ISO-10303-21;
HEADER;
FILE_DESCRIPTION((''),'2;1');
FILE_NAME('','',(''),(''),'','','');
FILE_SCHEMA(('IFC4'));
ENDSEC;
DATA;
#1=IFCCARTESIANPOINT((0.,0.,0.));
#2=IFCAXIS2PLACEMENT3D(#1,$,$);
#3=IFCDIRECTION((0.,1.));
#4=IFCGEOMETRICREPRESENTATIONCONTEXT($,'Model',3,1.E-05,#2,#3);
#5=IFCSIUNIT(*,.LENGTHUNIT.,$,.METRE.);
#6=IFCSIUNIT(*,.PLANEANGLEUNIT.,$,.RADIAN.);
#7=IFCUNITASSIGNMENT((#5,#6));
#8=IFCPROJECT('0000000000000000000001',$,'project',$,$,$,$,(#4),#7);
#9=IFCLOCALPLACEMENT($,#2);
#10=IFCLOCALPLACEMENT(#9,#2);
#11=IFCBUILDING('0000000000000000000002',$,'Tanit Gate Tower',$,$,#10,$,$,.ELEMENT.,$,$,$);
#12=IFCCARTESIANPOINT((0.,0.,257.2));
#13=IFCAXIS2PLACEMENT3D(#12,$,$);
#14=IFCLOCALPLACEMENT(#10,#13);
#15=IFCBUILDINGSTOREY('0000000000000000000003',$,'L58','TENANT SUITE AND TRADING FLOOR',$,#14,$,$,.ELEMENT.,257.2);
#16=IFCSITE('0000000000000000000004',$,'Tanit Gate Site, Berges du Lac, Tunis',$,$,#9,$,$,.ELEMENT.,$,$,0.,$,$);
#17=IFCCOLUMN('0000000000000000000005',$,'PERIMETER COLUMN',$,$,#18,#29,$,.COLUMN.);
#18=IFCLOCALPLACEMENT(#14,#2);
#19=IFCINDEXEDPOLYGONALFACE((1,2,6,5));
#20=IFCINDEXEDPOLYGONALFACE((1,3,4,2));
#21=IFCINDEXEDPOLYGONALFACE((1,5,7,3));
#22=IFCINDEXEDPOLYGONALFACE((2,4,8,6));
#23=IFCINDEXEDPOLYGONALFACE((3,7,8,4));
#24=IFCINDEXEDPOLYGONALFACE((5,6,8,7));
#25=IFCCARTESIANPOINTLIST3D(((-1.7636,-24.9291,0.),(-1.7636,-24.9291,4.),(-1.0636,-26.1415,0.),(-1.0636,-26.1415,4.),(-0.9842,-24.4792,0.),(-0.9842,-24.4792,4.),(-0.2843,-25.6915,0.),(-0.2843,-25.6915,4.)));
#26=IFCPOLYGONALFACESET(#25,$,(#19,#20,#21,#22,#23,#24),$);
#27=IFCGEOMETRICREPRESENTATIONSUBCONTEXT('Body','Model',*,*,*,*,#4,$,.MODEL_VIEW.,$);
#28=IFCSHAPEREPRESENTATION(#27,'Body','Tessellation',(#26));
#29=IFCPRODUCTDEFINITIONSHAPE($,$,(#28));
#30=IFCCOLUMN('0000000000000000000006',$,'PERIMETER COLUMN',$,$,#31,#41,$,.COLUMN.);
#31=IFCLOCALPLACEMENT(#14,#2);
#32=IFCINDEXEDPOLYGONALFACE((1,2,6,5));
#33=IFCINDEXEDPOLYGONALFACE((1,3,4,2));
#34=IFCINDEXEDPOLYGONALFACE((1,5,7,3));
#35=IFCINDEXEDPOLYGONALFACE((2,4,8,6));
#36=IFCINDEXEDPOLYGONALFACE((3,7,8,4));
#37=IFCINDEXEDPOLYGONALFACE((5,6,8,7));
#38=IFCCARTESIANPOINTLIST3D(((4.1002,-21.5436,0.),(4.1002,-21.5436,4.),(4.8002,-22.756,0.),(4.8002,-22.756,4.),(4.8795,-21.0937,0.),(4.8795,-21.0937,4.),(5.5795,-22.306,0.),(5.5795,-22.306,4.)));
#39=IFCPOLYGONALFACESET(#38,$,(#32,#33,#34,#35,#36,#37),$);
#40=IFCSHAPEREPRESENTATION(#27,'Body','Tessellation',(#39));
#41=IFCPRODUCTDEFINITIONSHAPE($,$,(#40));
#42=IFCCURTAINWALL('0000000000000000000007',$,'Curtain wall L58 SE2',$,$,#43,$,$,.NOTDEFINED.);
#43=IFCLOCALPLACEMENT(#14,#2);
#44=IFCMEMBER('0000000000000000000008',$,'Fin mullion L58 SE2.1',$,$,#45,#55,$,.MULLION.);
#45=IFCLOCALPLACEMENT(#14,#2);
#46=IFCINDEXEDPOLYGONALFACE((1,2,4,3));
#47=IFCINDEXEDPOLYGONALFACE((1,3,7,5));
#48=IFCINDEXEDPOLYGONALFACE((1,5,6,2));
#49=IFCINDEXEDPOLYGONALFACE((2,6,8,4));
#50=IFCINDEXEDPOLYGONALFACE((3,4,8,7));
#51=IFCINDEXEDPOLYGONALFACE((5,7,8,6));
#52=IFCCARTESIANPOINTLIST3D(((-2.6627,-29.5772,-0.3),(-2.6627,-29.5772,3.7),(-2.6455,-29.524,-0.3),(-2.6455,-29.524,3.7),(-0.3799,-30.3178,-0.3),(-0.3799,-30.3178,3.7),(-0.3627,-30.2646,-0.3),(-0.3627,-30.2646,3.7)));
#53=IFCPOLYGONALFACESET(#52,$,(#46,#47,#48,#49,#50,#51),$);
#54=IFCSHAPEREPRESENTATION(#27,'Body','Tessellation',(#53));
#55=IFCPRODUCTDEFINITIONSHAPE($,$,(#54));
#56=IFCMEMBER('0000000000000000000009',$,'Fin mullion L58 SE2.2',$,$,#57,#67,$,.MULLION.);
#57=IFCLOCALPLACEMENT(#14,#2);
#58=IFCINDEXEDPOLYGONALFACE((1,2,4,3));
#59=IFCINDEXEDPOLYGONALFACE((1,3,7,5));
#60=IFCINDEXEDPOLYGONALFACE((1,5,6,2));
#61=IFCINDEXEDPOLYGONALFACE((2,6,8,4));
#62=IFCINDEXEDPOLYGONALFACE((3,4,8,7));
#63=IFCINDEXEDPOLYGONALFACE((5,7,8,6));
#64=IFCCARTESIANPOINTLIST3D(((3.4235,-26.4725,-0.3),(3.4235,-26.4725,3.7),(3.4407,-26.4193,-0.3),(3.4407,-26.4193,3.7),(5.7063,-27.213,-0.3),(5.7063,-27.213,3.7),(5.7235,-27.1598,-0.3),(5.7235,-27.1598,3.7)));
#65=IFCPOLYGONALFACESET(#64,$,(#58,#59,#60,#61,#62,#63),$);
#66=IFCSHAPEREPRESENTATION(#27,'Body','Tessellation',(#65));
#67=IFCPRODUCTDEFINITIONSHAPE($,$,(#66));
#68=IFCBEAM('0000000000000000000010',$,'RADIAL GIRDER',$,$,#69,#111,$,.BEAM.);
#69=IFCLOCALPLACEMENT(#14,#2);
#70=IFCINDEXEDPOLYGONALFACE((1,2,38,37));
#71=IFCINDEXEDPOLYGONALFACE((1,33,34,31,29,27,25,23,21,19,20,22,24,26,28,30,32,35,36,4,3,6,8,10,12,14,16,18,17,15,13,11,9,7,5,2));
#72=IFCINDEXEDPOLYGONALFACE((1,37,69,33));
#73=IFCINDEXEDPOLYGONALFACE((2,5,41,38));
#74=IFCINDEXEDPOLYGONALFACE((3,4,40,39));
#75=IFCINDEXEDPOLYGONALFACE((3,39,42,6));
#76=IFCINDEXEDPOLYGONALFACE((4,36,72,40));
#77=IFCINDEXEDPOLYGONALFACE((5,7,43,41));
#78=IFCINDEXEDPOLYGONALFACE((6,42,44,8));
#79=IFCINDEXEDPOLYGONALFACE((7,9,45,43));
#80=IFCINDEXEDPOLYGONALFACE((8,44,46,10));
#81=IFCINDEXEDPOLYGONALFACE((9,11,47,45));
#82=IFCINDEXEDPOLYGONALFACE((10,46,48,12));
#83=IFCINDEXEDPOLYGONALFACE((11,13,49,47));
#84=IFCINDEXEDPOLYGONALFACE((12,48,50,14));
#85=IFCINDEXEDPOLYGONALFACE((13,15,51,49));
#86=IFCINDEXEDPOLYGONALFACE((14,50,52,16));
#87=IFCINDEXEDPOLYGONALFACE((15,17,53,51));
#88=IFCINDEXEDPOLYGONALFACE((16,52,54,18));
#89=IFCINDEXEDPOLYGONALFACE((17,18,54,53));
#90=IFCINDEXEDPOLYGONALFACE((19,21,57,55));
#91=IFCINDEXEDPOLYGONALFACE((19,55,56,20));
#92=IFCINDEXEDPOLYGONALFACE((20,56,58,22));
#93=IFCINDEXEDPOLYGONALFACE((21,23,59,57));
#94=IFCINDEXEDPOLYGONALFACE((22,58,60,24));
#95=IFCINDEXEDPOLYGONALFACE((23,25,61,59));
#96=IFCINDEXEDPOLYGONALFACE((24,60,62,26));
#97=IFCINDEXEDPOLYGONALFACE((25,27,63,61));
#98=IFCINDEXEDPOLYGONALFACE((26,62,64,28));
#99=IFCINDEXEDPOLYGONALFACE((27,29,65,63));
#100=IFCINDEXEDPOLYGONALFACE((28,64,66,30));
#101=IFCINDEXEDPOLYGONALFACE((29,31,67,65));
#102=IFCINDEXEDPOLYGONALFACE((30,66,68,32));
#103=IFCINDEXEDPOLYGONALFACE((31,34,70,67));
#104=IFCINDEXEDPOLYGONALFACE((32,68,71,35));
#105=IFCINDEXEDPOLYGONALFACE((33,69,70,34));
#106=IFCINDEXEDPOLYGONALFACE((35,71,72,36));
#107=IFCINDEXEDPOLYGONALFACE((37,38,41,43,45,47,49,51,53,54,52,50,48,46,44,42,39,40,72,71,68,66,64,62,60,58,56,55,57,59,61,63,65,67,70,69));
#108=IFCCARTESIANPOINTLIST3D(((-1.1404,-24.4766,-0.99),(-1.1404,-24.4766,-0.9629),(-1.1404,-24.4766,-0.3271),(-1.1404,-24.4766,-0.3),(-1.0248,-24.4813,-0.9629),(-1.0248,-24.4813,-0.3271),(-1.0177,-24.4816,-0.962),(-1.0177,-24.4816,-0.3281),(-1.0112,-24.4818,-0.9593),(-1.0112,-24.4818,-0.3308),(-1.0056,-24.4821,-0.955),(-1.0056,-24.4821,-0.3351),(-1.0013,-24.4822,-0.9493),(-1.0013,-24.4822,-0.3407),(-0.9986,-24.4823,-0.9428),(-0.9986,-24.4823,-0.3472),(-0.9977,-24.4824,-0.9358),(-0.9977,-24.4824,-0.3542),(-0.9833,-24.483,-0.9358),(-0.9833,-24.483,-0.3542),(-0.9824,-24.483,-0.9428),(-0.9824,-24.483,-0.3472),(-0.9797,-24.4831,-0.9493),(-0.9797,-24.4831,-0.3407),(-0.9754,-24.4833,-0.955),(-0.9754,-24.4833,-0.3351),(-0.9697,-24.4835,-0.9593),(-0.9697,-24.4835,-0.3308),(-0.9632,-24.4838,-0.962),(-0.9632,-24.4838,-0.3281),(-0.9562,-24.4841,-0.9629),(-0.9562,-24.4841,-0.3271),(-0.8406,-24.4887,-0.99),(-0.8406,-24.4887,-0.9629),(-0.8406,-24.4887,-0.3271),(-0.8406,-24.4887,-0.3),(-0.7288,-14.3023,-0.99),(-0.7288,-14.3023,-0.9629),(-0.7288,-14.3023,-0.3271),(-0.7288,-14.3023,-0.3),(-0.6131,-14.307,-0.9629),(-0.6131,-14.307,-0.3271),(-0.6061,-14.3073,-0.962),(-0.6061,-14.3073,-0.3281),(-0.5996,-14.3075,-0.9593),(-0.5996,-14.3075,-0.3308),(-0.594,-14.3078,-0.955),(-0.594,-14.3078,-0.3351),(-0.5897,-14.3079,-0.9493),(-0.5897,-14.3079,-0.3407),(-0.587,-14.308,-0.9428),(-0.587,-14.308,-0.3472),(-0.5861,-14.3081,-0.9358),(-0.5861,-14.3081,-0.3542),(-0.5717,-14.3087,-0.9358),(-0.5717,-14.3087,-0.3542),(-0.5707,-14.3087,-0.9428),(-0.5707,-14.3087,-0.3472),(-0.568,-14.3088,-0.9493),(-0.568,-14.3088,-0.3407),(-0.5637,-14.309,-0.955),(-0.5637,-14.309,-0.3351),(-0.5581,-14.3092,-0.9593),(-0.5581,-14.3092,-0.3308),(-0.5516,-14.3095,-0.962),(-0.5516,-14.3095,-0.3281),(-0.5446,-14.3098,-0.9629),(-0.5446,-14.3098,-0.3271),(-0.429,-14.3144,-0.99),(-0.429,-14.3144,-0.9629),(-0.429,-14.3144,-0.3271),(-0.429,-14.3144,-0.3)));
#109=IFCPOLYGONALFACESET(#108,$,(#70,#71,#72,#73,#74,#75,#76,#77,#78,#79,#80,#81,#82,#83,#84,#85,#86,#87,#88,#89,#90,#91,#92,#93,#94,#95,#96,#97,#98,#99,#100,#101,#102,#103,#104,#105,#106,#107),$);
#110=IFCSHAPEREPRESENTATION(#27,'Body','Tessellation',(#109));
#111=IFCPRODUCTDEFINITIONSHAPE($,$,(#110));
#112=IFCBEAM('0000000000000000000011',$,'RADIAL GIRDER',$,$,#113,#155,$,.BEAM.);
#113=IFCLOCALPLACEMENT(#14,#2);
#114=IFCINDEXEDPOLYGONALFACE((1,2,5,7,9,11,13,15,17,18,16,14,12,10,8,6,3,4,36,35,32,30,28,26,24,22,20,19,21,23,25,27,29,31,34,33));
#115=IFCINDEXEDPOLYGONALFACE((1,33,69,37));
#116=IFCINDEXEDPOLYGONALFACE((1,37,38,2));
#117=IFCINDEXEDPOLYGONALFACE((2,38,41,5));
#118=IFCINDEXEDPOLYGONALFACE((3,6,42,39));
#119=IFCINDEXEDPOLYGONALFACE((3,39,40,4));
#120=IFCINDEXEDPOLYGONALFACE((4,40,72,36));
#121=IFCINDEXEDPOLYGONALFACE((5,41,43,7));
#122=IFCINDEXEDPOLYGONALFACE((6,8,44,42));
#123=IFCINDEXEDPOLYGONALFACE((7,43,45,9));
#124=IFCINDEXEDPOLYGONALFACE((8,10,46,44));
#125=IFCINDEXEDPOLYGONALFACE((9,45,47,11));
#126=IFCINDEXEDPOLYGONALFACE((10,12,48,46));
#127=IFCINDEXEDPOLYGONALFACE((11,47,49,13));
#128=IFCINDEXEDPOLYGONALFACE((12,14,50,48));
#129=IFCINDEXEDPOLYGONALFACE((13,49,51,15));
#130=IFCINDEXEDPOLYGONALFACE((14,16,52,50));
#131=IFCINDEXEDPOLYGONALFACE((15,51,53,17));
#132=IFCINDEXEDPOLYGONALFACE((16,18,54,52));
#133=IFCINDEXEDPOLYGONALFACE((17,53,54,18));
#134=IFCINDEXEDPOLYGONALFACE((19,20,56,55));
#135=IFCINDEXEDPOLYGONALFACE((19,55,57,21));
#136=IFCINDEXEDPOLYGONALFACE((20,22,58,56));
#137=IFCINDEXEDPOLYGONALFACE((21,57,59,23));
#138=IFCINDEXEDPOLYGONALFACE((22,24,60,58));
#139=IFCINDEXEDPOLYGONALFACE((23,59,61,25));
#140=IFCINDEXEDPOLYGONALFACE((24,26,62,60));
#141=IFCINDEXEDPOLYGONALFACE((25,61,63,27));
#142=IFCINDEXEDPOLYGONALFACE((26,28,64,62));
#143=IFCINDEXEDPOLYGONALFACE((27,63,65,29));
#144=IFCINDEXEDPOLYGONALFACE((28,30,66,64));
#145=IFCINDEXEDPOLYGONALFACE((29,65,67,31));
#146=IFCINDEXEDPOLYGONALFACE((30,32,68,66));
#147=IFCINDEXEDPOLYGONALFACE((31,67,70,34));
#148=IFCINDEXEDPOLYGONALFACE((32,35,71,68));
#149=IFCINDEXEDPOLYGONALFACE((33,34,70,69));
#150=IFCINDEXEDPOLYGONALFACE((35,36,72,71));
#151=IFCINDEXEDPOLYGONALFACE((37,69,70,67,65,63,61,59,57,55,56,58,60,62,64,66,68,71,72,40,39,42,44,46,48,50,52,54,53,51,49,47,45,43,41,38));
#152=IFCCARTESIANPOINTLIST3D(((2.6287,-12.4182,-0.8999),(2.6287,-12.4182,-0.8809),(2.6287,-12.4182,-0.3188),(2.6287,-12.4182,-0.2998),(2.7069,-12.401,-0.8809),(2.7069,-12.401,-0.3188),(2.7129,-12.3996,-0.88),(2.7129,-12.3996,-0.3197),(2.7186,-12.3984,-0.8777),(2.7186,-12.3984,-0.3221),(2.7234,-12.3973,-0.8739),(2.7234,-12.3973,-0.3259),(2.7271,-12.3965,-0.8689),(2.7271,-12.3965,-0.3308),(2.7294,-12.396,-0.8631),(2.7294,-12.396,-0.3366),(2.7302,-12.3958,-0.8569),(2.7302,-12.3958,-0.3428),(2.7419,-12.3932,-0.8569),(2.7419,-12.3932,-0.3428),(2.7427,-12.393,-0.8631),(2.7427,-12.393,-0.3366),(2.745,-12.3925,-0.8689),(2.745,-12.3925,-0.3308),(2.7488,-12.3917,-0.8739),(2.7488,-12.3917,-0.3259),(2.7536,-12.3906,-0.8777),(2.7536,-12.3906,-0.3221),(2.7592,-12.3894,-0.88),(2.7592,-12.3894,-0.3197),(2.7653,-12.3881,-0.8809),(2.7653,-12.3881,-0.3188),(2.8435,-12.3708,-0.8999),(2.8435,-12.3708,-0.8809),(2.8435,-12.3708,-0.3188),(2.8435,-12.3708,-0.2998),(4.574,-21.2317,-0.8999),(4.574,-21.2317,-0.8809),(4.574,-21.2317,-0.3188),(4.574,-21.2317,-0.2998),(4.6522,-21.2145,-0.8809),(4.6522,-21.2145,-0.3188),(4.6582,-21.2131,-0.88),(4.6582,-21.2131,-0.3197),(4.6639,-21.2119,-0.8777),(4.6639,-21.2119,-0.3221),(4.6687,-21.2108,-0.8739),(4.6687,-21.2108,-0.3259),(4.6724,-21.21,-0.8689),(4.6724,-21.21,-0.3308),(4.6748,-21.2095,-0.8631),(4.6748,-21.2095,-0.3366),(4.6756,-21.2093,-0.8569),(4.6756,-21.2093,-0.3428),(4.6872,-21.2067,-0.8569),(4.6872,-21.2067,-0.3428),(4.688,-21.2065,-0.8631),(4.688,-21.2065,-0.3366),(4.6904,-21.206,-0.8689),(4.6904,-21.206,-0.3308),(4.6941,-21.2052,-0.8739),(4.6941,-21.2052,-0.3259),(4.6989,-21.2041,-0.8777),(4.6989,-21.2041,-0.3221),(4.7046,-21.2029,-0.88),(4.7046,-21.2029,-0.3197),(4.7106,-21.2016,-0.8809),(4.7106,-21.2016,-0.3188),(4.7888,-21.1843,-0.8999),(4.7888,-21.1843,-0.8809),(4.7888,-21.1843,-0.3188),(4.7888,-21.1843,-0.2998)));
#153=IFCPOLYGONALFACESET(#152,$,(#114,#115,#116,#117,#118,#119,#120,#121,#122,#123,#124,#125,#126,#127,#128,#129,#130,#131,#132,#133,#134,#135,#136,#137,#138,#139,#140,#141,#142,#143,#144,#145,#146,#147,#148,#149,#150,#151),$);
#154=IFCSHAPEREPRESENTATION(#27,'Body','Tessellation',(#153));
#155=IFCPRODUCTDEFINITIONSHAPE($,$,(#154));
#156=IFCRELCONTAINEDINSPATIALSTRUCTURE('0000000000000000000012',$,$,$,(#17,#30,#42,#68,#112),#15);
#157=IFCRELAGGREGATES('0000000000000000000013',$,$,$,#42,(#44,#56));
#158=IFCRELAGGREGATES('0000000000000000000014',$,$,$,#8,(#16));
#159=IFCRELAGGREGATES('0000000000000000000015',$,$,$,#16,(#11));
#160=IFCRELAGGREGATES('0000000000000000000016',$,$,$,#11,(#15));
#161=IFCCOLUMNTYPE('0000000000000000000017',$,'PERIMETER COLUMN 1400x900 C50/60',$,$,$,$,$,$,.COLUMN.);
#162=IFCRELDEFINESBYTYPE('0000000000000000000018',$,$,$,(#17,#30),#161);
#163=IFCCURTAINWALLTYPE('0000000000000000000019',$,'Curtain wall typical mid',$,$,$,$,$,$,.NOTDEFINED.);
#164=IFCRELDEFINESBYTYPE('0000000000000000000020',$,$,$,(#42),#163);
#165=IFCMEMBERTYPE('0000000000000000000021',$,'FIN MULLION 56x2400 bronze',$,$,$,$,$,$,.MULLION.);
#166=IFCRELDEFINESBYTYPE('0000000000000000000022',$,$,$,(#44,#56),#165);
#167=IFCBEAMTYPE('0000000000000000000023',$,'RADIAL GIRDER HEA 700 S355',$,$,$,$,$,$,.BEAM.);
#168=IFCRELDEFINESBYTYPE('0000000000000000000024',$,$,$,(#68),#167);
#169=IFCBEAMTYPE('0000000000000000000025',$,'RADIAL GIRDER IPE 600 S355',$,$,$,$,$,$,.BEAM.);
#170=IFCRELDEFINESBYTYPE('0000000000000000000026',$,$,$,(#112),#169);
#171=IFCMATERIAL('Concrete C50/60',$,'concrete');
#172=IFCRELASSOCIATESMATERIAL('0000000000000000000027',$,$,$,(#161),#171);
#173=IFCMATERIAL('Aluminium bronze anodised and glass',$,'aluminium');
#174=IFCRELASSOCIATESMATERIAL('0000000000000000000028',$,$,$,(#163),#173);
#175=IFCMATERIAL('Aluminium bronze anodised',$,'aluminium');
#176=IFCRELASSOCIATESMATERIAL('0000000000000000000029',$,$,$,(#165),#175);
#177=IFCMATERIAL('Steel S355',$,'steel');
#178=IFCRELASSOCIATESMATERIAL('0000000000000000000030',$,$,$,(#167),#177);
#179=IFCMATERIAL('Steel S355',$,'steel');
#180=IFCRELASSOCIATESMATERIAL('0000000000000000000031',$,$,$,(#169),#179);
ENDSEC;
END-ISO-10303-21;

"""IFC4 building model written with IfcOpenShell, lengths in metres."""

from ifc_helpers import new_model, si_unit, direction, frame, origin, origin_2d, place, context, subcontext, project, spatial, rectangle, i_section, extrude, material, material_profile, profile_set, type_object, element, aggregate, save


model = new_model("IFC4")

# Units and contexts
model_context = context("Model", 3, precision=1e-05, world=origin(), true_north=direction((0.0, 1.0)))
body_context = subcontext(model_context, "Body", "Model", "MODEL_VIEW")
ifc_project = project(units=[si_unit("LENGTHUNIT", "METRE"), si_unit("PLANEANGLEUNIT", "RADIAN")], contexts=[model_context])

# Site, building, storey
site_placement = place(None, origin())
site = spatial("IfcSite", under=ifc_project, at=site_placement, Name="Tanit Gate Site, Berges du Lac, Tunis", CompositionType="ELEMENT", RefElevation=0.0)
building_placement = place(site_placement, origin())
building = spatial("IfcBuilding", under=site, at=building_placement, Name="Tanit Gate Tower", CompositionType="ELEMENT")
storey_placement = place(building_placement, frame((0.0, 0.0, 257.2)))
storey = spatial("IfcBuildingStorey", under=building, at=storey_placement, Name="L58", Description="TENANT SUITE AND TRADING FLOOR", CompositionType="ELEMENT", Elevation=257.2)

# Columns
ifc_material_1 = material(Name="Concrete C50/60", Category="concrete")
ifc_material_profile_1 = material_profile(ifc_material_1, rectangle(XDim=1.3999, YDim=0.8999, at=origin_2d()), Name="RC 1400x900")
ifc_profile_set_1 = profile_set([ifc_material_profile_1], Name="Concrete C50/60")
column_type = type_object("IfcColumnType", Name="PERIMETER COLUMN 1400x900 C50/60", PredefinedType="COLUMN", material=ifc_profile_set_1)
for number, where, z_axis, x_axis, name in (
    (1, (-1.0239, -25.3103, 0.0), (0.0, 0.0, 1.0), (0.5, -0.866025, 0.0), "PERIMETER COLUMN"),
    (2, (4.8398, -21.9248, 0.0), (0.0, 0.0, 1.0), (0.5, -0.866025, 0.0), "PERIMETER COLUMN"),
):
    element("IfcColumn", number, at=place(storey_placement, frame(where, z_axis=z_axis, x_axis=x_axis)), inside=storey, type_object=column_type, Name=name, PredefinedType="COLUMN", context=body_context, shape_type="SweptSolid", body=[
        extrude(rectangle(XDim=1.3999, YDim=0.8999, at=origin_2d()), origin(), (0.0, 0.0, 1.0), 4.0),
    ])

# Curtain wall, members
ifc_material_2 = material(Name="Aluminium bronze anodised and glass", Category="aluminium")
curtain_wall_type = type_object("IfcCurtainWallType", Name="Curtain wall typical mid", PredefinedType="NOTDEFINED", material=ifc_material_2)
curtain_wall_placement = place(storey_placement, origin())
curtain_wall = element("IfcCurtainWall", 3, at=curtain_wall_placement, inside=storey, type_object=curtain_wall_type, Name="Curtain wall L58 SE2", PredefinedType="NOTDEFINED")
ifc_material_3 = material(Name="Aluminium bronze anodised", Category="aluminium")
ifc_material_profile_2 = material_profile(ifc_material_3, rectangle(XDim=2.3999, YDim=0.0559, at=origin_2d()), Name="56x2400 bronze fin mullion")
ifc_profile_set_2 = profile_set([ifc_material_profile_2], Name="Aluminium bronze anodised")
member_type_1 = type_object("IfcMemberType", Name="FIN MULLION 56x2400 bronze", PredefinedType="MULLION", material=ifc_profile_set_2)
member_1_placement = place(storey_placement, frame((-1.5127, -29.9209, -0.3), z_axis=(0.0, 0.0, 1.0), x_axis=(-0.951202, 0.308568, 0.0)))
member_1 = element("IfcMember", 4, at=member_1_placement, type_object=member_type_1, Name="Fin mullion L58 SE2.1", PredefinedType="MULLION", context=body_context, shape_type="SweptSolid", body=[
    extrude(rectangle(XDim=2.3999, YDim=0.0559, at=origin_2d()), origin(), (0.0, 0.0, 1.0), 4.0),
])
member_2_placement = place(storey_placement, frame((4.5735, -26.8162, -0.3), z_axis=(0.0, 0.0, 1.0), x_axis=(-0.951202, 0.308568, 0.0)))
member_2 = element("IfcMember", 5, at=member_2_placement, type_object=member_type_1, Name="Fin mullion L58 SE2.2", PredefinedType="MULLION", context=body_context, shape_type="SweptSolid", body=[
    extrude(rectangle(XDim=2.3999, YDim=0.0559, at=origin_2d()), origin(), (0.0, 0.0, 1.0), 4.0),
])

# Beams
ifc_material_4 = material(Name="Steel S355", Category="steel")
ifc_material_profile_3 = material_profile(ifc_material_4, i_section(OverallWidth=0.3, OverallDepth=0.6899, WebThickness=0.0144, FlangeThickness=0.0271, FilletRadius=0.0271, at=origin_2d()), Name="HEA 700")
ifc_profile_set_3 = profile_set([ifc_material_profile_3], Name="Steel S355")
beam_type_1 = type_object("IfcBeamType", Name="RADIAL GIRDER HEA 700 S355", PredefinedType="BEAM", material=ifc_profile_set_3)
beam_1_placement = place(storey_placement, frame((-0.9905, -24.4827, -0.645), z_axis=(0.040424, 0.999183, 0.0), x_axis=(-0.999183, 0.040424, 0.0)))
element("IfcBeam", 6, at=beam_1_placement, inside=storey, type_object=beam_type_1, Name="RADIAL GIRDER", PredefinedType="BEAM", context=body_context, shape_type="SweptSolid", body=[
    extrude(i_section(OverallWidth=0.3, OverallDepth=0.6899, WebThickness=0.0144, FlangeThickness=0.0271, FilletRadius=0.0271, at=origin_2d()), origin(), (0.0, 0.0, 1.0), 10.1826),
])
ifc_material_5 = material(Name="Steel S355", Category="steel")
ifc_material_profile_4 = material_profile(ifc_material_5, i_section(OverallWidth=0.22, OverallDepth=0.6001, WebThickness=0.012, FlangeThickness=0.019, FilletRadius=0.0239, at=origin_2d()), Name="IPE 600")
ifc_profile_set_4 = profile_set([ifc_material_profile_4], Name="Steel S355")
beam_type_2 = type_object("IfcBeamType", Name="RADIAL GIRDER IPE 600 S355", PredefinedType="BEAM", material=ifc_profile_set_4)
beam_2_placement = place(storey_placement, frame((4.6814, -21.208, -0.5999), z_axis=(-0.215533, 0.976497, 0.0), x_axis=(-0.976497, -0.215533, 0.0)))
element("IfcBeam", 7, at=beam_2_placement, inside=storey, type_object=beam_type_2, Name="RADIAL GIRDER", PredefinedType="BEAM", context=body_context, shape_type="SweptSolid", body=[
    extrude(i_section(OverallWidth=0.22, OverallDepth=0.6001, WebThickness=0.012, FlangeThickness=0.019, FilletRadius=0.0239, at=origin_2d()), origin(), (0.0, 0.0, 1.0), 9.0256),
])

aggregate(curtain_wall, [member_1, member_2])

save(model, "model.ifc")
